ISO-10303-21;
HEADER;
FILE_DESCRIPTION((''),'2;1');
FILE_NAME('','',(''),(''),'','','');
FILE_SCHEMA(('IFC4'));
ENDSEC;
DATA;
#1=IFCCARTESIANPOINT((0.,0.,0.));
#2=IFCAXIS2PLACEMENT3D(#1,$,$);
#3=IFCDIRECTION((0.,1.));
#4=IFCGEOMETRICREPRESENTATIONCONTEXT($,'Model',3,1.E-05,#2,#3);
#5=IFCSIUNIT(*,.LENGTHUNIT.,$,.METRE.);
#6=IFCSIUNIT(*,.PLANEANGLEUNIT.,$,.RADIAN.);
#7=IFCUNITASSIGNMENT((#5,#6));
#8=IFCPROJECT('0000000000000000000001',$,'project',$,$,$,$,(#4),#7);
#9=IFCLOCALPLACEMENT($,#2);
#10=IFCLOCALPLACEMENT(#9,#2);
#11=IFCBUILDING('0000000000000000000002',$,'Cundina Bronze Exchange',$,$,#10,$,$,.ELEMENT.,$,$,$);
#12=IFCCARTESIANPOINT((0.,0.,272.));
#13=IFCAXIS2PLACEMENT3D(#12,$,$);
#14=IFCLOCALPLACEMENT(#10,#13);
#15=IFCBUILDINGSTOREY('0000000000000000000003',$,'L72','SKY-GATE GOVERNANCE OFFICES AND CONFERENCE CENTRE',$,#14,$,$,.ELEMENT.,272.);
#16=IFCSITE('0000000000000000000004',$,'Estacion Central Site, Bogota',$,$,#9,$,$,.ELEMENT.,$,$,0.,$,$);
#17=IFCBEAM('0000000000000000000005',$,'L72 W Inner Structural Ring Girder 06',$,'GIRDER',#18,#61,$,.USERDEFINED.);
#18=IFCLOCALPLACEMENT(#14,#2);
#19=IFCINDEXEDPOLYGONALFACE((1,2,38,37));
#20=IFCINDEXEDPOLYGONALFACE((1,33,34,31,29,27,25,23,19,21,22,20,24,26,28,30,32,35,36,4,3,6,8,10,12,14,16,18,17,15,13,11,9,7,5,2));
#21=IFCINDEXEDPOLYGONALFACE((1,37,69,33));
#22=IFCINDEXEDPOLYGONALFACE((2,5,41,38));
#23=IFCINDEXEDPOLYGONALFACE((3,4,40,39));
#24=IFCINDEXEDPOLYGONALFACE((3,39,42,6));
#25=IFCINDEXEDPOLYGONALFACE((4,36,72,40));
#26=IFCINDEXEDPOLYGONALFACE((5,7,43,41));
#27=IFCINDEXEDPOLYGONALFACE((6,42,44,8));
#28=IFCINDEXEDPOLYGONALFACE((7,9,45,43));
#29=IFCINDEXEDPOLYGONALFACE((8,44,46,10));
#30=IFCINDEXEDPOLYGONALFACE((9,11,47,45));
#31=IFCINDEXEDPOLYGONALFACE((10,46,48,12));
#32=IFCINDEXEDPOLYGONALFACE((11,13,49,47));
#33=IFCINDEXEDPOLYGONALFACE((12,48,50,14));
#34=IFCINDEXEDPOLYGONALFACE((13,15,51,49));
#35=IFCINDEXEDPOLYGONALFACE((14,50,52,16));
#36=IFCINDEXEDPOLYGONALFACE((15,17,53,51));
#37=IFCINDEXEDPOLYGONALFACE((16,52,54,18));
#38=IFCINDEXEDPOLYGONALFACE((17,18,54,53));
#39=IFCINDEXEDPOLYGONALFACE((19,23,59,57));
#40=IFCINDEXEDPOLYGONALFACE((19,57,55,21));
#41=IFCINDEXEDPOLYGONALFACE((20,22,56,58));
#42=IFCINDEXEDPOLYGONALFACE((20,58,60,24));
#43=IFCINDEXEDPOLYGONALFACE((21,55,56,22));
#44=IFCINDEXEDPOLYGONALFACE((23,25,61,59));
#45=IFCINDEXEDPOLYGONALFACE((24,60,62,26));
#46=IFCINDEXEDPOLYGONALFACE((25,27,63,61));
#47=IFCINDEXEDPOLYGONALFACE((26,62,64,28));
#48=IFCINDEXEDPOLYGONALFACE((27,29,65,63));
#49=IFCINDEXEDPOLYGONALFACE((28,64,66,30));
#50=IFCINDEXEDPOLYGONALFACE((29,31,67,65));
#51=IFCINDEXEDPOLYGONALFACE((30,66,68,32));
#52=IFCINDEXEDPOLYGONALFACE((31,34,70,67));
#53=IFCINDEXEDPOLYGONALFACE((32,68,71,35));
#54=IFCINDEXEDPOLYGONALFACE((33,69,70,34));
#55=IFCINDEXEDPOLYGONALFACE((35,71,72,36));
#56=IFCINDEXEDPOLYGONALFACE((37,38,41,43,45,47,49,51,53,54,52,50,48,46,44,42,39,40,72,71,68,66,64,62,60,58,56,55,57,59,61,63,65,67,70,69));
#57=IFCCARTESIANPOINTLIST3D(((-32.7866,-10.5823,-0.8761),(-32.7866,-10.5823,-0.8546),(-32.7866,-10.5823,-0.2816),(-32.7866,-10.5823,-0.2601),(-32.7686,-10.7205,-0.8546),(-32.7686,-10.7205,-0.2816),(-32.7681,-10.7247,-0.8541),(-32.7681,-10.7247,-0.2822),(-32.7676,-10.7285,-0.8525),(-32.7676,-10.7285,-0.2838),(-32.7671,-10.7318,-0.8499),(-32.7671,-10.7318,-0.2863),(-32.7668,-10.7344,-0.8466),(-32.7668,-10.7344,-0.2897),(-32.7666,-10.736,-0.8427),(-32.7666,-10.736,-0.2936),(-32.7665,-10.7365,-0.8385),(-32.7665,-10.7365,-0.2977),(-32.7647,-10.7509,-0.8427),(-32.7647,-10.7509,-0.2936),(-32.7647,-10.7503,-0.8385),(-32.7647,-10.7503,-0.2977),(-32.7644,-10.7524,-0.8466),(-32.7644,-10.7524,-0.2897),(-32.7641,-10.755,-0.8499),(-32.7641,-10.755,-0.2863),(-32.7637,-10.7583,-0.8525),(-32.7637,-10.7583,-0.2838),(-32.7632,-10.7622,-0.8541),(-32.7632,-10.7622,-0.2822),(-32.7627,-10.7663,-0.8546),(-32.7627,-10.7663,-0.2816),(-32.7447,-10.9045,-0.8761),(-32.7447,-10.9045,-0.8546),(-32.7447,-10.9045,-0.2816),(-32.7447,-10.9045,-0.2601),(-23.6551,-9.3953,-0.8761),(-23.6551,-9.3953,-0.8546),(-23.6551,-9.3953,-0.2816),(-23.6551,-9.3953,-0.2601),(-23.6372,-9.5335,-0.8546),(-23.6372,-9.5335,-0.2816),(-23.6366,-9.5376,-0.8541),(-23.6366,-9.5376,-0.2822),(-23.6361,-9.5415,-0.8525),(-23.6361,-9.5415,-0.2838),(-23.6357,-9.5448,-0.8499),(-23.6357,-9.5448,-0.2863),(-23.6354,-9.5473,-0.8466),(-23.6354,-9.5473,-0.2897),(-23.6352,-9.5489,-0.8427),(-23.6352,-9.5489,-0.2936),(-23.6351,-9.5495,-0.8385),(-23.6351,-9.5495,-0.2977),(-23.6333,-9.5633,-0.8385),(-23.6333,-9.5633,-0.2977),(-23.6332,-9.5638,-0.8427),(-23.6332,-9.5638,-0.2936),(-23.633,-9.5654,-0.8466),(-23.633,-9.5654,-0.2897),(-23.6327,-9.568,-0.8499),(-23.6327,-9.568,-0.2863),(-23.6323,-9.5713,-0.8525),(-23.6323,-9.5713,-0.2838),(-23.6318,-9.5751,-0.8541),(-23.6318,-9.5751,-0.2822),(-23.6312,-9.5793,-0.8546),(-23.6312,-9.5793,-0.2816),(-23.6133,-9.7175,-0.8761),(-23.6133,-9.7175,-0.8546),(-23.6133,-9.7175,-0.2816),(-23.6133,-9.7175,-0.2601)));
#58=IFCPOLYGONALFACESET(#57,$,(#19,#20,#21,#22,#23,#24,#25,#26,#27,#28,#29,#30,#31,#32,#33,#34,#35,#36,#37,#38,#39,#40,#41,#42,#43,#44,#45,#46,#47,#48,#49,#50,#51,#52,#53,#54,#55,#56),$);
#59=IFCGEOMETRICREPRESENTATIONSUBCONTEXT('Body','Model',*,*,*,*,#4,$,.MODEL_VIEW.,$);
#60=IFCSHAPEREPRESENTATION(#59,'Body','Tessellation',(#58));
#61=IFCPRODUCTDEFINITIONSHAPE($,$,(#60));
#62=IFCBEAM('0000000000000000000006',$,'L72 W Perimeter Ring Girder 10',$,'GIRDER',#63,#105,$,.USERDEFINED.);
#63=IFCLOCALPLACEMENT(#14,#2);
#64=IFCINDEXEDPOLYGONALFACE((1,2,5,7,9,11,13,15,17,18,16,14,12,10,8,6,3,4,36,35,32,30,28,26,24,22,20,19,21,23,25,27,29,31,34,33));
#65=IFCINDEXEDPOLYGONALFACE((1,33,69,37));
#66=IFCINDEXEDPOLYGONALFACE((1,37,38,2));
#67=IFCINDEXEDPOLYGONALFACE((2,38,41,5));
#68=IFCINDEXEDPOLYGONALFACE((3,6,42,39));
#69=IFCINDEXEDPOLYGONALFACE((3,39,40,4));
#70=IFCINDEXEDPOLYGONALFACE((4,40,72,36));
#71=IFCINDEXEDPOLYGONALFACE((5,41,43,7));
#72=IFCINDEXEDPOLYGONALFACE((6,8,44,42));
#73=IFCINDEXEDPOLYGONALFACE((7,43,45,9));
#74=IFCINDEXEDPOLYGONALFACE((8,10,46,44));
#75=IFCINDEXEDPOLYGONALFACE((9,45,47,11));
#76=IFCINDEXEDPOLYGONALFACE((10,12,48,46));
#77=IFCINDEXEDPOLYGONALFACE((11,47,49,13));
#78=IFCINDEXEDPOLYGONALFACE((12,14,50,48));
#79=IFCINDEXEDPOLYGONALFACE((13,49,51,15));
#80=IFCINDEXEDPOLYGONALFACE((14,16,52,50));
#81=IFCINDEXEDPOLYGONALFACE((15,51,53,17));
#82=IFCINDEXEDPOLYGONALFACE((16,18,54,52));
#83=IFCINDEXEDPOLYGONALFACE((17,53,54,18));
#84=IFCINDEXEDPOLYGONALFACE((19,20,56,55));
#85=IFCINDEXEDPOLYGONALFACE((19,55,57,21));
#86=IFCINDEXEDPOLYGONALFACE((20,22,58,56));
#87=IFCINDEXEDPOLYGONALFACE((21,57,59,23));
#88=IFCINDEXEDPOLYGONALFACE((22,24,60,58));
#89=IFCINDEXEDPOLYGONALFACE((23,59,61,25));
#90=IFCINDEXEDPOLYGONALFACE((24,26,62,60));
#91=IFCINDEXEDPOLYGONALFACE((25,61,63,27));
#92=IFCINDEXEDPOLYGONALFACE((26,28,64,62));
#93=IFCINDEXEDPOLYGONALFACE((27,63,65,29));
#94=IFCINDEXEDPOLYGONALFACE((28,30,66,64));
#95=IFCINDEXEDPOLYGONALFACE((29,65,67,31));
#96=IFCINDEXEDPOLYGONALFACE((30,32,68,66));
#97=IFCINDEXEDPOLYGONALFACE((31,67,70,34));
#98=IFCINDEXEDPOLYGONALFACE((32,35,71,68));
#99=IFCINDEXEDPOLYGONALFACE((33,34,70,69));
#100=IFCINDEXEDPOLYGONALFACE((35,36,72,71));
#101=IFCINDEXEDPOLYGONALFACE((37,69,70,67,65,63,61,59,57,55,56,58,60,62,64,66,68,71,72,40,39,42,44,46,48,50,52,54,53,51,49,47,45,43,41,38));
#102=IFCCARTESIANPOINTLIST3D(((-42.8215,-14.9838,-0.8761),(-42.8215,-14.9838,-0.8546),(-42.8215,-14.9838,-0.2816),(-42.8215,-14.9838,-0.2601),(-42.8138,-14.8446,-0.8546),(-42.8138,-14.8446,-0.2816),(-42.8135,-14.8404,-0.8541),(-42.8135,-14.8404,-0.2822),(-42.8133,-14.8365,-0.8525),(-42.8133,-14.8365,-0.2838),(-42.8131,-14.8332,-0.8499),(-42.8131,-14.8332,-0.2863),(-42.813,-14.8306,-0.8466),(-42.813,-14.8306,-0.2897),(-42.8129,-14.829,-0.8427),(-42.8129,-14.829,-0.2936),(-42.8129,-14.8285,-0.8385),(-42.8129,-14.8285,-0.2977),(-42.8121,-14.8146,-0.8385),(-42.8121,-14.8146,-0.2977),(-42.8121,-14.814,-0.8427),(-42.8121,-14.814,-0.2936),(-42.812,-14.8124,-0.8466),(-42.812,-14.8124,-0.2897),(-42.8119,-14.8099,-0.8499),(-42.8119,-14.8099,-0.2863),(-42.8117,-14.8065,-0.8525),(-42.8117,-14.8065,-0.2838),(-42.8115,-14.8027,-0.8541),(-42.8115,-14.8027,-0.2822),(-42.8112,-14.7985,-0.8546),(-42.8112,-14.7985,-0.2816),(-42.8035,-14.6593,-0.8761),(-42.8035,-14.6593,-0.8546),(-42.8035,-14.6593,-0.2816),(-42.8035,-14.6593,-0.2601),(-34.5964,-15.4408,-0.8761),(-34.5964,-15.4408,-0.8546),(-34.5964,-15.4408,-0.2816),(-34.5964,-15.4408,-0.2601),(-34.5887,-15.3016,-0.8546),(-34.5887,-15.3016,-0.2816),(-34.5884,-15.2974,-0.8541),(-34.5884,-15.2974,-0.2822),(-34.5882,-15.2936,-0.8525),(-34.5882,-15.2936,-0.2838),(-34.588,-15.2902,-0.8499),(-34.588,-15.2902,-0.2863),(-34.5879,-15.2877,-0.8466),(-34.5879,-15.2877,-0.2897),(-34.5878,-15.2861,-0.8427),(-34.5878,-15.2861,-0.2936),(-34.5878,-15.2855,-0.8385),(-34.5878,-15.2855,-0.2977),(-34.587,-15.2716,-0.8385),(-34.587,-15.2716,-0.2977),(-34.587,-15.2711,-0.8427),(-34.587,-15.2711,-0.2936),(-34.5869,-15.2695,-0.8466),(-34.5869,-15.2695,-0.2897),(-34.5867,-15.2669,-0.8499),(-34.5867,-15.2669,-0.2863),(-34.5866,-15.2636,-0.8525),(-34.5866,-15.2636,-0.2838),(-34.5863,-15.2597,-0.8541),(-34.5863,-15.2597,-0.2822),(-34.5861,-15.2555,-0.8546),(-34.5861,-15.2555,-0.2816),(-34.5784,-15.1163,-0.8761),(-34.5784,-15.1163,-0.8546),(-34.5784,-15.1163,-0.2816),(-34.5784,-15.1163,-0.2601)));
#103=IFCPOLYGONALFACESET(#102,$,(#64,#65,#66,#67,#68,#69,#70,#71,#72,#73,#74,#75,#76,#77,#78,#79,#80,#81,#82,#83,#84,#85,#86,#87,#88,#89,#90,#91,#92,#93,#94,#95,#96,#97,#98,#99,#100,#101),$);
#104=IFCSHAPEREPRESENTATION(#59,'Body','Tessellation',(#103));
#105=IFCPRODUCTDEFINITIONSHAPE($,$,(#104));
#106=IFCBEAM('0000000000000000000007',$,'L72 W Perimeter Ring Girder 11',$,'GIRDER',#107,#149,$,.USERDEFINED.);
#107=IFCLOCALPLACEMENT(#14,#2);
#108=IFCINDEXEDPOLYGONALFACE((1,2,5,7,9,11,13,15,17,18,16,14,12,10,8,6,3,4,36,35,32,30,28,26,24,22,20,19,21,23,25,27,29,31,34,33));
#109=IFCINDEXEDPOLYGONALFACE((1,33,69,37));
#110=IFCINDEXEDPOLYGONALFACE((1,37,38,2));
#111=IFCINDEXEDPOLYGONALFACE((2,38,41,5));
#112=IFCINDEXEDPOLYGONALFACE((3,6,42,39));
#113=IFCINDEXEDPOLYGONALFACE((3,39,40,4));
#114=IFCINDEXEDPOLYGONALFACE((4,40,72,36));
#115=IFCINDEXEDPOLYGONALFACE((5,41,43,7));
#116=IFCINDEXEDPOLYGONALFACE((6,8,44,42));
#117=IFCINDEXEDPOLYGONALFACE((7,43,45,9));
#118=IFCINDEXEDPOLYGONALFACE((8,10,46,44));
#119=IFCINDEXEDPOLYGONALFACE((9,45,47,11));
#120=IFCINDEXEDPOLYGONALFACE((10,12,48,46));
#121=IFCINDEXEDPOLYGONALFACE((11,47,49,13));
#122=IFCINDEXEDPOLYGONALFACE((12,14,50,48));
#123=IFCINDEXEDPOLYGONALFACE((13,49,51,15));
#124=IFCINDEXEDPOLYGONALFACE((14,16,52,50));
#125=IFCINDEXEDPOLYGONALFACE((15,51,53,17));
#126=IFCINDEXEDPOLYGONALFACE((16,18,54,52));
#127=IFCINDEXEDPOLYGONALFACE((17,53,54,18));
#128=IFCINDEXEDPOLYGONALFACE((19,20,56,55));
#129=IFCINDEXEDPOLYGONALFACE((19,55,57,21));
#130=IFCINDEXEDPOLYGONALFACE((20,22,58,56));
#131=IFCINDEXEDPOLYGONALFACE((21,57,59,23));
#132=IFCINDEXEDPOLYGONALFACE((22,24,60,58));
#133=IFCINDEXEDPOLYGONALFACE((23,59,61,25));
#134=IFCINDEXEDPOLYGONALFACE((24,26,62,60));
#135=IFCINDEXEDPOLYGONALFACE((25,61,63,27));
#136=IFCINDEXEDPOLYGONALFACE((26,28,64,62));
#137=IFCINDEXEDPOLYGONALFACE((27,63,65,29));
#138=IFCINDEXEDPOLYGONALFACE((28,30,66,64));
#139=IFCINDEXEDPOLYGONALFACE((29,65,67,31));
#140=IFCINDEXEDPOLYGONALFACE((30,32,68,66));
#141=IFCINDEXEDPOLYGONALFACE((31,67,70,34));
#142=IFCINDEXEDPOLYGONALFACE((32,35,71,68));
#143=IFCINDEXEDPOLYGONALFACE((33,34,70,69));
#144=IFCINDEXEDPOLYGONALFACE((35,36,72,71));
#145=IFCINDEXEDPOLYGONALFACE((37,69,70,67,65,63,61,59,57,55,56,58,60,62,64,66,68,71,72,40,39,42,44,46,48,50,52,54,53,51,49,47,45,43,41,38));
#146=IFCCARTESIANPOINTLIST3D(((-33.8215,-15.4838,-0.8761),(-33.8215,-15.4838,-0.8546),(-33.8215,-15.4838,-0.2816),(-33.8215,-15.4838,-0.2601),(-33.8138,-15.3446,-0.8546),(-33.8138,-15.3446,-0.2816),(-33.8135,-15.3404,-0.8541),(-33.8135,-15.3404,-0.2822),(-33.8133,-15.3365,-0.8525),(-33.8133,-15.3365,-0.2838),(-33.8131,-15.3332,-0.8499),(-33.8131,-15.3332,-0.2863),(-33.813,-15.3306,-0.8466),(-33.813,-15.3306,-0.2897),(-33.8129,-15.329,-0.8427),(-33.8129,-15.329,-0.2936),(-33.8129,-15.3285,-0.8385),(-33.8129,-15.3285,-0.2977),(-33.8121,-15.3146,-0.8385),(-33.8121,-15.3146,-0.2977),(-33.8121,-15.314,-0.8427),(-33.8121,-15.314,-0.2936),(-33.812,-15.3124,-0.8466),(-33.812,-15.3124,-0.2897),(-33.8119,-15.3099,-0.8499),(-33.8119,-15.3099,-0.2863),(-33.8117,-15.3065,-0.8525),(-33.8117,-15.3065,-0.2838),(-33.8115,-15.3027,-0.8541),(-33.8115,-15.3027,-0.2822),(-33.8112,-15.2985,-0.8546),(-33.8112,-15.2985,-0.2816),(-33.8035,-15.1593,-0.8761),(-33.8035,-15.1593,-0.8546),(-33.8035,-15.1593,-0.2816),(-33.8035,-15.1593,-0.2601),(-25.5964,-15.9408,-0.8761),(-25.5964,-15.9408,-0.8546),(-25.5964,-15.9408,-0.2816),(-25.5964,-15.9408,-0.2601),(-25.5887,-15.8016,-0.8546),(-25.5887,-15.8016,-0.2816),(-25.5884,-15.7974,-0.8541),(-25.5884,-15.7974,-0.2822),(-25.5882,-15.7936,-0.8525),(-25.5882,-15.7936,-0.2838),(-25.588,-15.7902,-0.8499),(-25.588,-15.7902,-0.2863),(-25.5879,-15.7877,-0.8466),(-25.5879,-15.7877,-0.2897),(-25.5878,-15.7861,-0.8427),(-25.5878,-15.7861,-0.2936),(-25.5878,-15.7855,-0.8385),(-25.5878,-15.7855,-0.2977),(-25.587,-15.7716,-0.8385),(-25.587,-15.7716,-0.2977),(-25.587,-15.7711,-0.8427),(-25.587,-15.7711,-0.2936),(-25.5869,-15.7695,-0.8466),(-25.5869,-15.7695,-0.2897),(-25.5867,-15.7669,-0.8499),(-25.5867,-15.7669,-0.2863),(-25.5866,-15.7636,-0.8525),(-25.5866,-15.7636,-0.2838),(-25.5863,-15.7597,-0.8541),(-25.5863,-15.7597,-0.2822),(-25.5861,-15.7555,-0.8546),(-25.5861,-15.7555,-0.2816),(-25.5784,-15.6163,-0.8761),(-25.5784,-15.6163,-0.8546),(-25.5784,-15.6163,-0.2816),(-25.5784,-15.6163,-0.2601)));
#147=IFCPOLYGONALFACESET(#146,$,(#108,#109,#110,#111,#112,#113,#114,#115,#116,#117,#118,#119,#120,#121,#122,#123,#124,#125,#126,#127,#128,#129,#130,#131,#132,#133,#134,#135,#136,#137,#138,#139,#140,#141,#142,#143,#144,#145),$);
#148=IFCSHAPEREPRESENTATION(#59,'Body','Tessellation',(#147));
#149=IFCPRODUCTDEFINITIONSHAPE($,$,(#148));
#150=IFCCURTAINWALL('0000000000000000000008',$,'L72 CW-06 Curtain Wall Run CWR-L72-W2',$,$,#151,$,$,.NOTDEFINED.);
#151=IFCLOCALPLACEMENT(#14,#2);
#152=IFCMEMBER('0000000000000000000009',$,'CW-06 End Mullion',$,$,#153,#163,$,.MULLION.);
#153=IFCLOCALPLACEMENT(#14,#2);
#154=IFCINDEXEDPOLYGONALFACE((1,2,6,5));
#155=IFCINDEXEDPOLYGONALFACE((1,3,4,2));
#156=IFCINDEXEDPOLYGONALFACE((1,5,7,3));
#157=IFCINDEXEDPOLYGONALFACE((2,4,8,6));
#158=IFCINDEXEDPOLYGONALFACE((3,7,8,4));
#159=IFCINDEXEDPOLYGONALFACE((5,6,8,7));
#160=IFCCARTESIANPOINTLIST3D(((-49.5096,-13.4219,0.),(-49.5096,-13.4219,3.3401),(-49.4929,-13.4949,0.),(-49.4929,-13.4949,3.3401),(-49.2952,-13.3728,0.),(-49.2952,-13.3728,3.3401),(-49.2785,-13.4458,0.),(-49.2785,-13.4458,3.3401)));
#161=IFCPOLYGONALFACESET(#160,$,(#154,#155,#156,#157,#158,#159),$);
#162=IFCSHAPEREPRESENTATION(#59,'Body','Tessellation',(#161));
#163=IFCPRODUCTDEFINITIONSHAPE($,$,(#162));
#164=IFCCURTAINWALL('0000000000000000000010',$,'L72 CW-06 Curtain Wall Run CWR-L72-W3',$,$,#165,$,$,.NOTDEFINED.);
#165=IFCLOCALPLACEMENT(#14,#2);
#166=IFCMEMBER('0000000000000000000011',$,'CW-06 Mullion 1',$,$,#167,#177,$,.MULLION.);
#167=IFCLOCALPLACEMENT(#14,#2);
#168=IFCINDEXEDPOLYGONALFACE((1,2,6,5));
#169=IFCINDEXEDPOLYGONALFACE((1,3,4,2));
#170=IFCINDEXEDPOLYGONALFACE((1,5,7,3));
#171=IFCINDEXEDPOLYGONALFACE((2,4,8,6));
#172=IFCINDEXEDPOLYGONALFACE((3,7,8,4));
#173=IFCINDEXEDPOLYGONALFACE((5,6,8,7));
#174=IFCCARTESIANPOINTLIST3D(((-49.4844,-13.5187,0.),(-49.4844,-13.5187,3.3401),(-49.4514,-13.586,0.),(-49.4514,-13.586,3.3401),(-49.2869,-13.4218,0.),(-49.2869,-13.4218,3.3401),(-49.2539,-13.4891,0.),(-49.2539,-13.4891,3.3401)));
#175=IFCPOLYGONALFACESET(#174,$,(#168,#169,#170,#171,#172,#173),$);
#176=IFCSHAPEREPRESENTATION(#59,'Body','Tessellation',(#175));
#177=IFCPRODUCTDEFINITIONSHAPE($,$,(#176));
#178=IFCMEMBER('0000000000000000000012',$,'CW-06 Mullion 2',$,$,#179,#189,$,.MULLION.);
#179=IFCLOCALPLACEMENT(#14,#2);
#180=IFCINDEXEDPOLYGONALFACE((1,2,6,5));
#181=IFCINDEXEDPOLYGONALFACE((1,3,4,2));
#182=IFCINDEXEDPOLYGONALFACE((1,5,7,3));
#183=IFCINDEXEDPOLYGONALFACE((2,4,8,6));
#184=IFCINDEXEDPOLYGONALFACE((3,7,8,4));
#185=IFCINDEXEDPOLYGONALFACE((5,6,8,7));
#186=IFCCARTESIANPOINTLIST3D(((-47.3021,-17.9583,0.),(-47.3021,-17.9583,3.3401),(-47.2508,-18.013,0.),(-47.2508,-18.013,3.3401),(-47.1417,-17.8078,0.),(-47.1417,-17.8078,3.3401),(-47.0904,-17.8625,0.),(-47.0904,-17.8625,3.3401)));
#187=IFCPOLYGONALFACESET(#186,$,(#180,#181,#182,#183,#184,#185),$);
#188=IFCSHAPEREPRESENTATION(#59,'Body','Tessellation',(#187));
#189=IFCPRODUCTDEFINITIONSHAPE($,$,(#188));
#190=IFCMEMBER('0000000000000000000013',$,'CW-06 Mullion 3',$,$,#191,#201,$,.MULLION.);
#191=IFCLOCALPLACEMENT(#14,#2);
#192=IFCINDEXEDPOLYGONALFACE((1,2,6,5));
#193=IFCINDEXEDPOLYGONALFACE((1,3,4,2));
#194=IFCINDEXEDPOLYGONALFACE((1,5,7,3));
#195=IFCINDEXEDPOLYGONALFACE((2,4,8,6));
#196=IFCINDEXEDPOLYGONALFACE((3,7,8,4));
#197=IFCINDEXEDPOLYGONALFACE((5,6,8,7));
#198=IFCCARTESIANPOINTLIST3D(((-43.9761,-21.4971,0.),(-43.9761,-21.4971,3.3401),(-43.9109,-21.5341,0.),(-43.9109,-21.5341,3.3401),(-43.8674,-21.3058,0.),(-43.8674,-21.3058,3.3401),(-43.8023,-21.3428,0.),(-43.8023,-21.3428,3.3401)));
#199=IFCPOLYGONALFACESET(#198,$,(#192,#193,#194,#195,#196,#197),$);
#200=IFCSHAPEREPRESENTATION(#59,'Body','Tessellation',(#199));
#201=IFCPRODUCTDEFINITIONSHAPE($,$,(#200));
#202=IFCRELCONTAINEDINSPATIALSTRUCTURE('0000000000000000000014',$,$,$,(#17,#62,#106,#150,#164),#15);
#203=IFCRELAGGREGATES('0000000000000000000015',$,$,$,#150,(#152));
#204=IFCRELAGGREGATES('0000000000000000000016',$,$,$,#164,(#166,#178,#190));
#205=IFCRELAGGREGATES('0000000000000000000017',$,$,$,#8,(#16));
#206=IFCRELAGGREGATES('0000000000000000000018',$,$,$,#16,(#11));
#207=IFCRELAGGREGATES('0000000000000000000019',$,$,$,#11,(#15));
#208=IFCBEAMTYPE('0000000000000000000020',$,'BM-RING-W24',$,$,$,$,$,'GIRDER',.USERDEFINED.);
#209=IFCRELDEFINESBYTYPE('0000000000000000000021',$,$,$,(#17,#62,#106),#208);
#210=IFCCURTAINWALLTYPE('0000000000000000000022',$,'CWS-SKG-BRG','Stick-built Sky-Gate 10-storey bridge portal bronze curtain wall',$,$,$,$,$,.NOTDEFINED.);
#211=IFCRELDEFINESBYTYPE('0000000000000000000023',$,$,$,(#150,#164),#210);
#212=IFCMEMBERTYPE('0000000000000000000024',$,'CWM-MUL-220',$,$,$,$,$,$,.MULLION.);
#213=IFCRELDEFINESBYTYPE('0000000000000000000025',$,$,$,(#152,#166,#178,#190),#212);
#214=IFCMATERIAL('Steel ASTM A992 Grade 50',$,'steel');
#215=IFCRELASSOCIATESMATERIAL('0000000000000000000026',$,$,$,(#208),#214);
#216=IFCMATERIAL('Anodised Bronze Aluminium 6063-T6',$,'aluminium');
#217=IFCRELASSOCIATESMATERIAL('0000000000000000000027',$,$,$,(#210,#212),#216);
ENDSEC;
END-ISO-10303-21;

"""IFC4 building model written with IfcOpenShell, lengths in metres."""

from ifc_helpers import new_model, si_unit, direction, frame, origin, origin_2d, place, context, subcontext, project, spatial, rectangle, i_section, extrude, material, material_profile, profile_set, type_object, element, aggregate, save


model = new_model("IFC4")

# Units and contexts
model_context = context("Model", 3, precision=1e-05, world=origin(), true_north=direction((0.0, 1.0)))
body_context = subcontext(model_context, "Body", "Model", "MODEL_VIEW")
ifc_project = project(units=[si_unit("LENGTHUNIT", "METRE"), si_unit("PLANEANGLEUNIT", "RADIAN")], contexts=[model_context])

# Site, building, storey
site_placement = place(None, origin())
site = spatial("IfcSite", under=ifc_project, at=site_placement, Name="Estacion Central Site, Bogota", CompositionType="ELEMENT", RefElevation=0.0)
building_placement = place(site_placement, origin())
building = spatial("IfcBuilding", under=site, at=building_placement, Name="Cundina Bronze Exchange", CompositionType="ELEMENT")
storey_placement = place(building_placement, frame((0.0, 0.0, 272.0)))
storey = spatial("IfcBuildingStorey", under=building, at=storey_placement, Name="L72", Description="SKY-GATE GOVERNANCE OFFICES AND CONFERENCE CENTRE", CompositionType="ELEMENT", Elevation=272.0)

# Beams
ifc_material_1 = material(Name="Steel ASTM A992 Grade 50", Category="steel")
ifc_material_profile_1 = material_profile(ifc_material_1, i_section(OverallWidth=0.325, OverallDepth=0.616, WebThickness=0.0139, FlangeThickness=0.0215, FilletRadius=0.0161, at=origin_2d()), Name="W24X117", Category="steel")
ifc_profile_set_1 = profile_set([ifc_material_profile_1], Name="Steel ASTM A992 Grade 50")
beam_type_1 = type_object("IfcBeamType", Name="BM-RING-W24", ElementType="GIRDER", PredefinedType="USERDEFINED", material=ifc_profile_set_1)
beam_1_placement = place(storey_placement, frame((-32.7656, -10.7434, -0.5681), z_axis=(0.991656, 0.128908, 0.0), x_axis=(-0.128908, 0.991656, 0.0)))
element("IfcBeam", 1, at=beam_1_placement, inside=storey, type_object=beam_type_1, Name="L72 W Inner Structural Ring Girder 06", ObjectType="GIRDER", PredefinedType="USERDEFINED", context=body_context, shape_type="SweptSolid", body=[
    extrude(i_section(OverallWidth=0.325, OverallDepth=0.616, WebThickness=0.0139, FlangeThickness=0.0215, FilletRadius=0.0161, at=origin_2d()), origin(), (0.0, 0.0, 1.0), 9.2083),
])
for number, where, z_axis, x_axis, name in (
    (2, (-42.8125, -14.8215, -0.5681), (0.99846, -0.05548, 0.0), (0.05548, 0.99846, 0.0), "L72 W Perimeter Ring Girder 10"),
    (3, (-33.8125, -15.3215, -0.5681), (0.99846, -0.05548, 0.0), (0.05548, 0.99846, 0.0), "L72 W Perimeter Ring Girder 11"),
):
    element("IfcBeam", number, at=place(storey_placement, frame(where, z_axis=z_axis, x_axis=x_axis)), inside=storey, type_object=beam_type_1, Name=name, ObjectType="GIRDER", PredefinedType="USERDEFINED", context=body_context, shape_type="SweptSolid", body=[
        extrude(i_section(OverallWidth=0.325, OverallDepth=0.616, WebThickness=0.0139, FlangeThickness=0.0215, FilletRadius=0.0161, at=origin_2d()), origin(), (0.0, 0.0, 1.0), 8.2378),
    ])

# Curtain wall, member
ifc_material_2 = material(Name="Anodised Bronze Aluminium 6063-T6", Category="aluminium")
curtain_wall_type = type_object("IfcCurtainWallType", Name="CWS-SKG-BRG", Description="Stick-built Sky-Gate 10-storey bridge portal bronze curtain wall", PredefinedType="NOTDEFINED", material=ifc_material_2)
curtain_wall_1_placement = place(storey_placement, origin())
curtain_wall_1 = element("IfcCurtainWall", 4, at=curtain_wall_1_placement, inside=storey, type_object=curtain_wall_type, Name="L72 CW-06 Curtain Wall Run CWR-L72-W2", PredefinedType="NOTDEFINED")
ifc_material_profile_2 = material_profile(ifc_material_2, rectangle(XDim=0.075, YDim=0.22, at=origin_2d()), Name="AL75X220", Category="aluminium")
ifc_profile_set_2 = profile_set([ifc_material_profile_2], Name="Anodised Bronze Aluminium 6063-T6")
member_type_1 = type_object("IfcMemberType", Name="CWM-MUL-220", PredefinedType="MULLION", material=ifc_profile_set_2)
member_1_placement = place(storey_placement, frame((-49.394, -13.4338, 0.0), z_axis=(0.0, 0.0, 1.0), x_axis=(0.22325, -0.974761, 0.0)))
member_1 = element("IfcMember", 5, at=member_1_placement, type_object=member_type_1, Name="CW-06 End Mullion", PredefinedType="MULLION", context=body_context, shape_type="SweptSolid", body=[
    extrude(rectangle(XDim=0.075, YDim=0.22, at=origin_2d()), origin(), (0.0, 0.0, 1.0), 3.3401),
])

# Curtain wall, members
curtain_wall_2_placement = place(storey_placement, origin())
curtain_wall_2 = element("IfcCurtainWall", 6, at=curtain_wall_2_placement, inside=storey, type_object=curtain_wall_type, Name="L72 CW-06 Curtain Wall Run CWR-L72-W3", PredefinedType="NOTDEFINED")
member_2_placement = place(storey_placement, frame((-49.3691, -13.5039, 0.0), z_axis=(0.0, 0.0, 1.0), x_axis=(0.440566, -0.89772, 0.0)))
member_2 = element("IfcMember", 7, at=member_2_placement, type_object=member_type_1, Name="CW-06 Mullion 1", PredefinedType="MULLION", context=body_context, shape_type="SweptSolid", body=[
    extrude(rectangle(XDim=0.075, YDim=0.22, at=origin_2d()), origin(), (0.0, 0.0, 1.0), 3.3401),
])
member_3_placement = place(storey_placement, frame((-47.1963, -17.9104, 0.0), z_axis=(0.0, 0.0, 1.0), x_axis=(0.684293, -0.729208, 0.0)))
member_3 = element("IfcMember", 8, at=member_3_placement, type_object=member_type_1, Name="CW-06 Mullion 2", PredefinedType="MULLION", context=body_context, shape_type="SweptSolid", body=[
    extrude(rectangle(XDim=0.075, YDim=0.22, at=origin_2d()), origin(), (0.0, 0.0, 1.0), 3.3401),
])
member_4_placement = place(storey_placement, frame((-43.8892, -21.4199, 0.0), z_axis=(0.0, 0.0, 1.0), x_axis=(0.869581, -0.49379, 0.0)))
member_4 = element("IfcMember", 9, at=member_4_placement, type_object=member_type_1, Name="CW-06 Mullion 3", PredefinedType="MULLION", context=body_context, shape_type="SweptSolid", body=[
    extrude(rectangle(XDim=0.075, YDim=0.22, at=origin_2d()), origin(), (0.0, 0.0, 1.0), 3.3401),
])

aggregate(curtain_wall_1, [member_1])
aggregate(curtain_wall_2, [member_2, member_3, member_4])

save(model, "model.ifc")
